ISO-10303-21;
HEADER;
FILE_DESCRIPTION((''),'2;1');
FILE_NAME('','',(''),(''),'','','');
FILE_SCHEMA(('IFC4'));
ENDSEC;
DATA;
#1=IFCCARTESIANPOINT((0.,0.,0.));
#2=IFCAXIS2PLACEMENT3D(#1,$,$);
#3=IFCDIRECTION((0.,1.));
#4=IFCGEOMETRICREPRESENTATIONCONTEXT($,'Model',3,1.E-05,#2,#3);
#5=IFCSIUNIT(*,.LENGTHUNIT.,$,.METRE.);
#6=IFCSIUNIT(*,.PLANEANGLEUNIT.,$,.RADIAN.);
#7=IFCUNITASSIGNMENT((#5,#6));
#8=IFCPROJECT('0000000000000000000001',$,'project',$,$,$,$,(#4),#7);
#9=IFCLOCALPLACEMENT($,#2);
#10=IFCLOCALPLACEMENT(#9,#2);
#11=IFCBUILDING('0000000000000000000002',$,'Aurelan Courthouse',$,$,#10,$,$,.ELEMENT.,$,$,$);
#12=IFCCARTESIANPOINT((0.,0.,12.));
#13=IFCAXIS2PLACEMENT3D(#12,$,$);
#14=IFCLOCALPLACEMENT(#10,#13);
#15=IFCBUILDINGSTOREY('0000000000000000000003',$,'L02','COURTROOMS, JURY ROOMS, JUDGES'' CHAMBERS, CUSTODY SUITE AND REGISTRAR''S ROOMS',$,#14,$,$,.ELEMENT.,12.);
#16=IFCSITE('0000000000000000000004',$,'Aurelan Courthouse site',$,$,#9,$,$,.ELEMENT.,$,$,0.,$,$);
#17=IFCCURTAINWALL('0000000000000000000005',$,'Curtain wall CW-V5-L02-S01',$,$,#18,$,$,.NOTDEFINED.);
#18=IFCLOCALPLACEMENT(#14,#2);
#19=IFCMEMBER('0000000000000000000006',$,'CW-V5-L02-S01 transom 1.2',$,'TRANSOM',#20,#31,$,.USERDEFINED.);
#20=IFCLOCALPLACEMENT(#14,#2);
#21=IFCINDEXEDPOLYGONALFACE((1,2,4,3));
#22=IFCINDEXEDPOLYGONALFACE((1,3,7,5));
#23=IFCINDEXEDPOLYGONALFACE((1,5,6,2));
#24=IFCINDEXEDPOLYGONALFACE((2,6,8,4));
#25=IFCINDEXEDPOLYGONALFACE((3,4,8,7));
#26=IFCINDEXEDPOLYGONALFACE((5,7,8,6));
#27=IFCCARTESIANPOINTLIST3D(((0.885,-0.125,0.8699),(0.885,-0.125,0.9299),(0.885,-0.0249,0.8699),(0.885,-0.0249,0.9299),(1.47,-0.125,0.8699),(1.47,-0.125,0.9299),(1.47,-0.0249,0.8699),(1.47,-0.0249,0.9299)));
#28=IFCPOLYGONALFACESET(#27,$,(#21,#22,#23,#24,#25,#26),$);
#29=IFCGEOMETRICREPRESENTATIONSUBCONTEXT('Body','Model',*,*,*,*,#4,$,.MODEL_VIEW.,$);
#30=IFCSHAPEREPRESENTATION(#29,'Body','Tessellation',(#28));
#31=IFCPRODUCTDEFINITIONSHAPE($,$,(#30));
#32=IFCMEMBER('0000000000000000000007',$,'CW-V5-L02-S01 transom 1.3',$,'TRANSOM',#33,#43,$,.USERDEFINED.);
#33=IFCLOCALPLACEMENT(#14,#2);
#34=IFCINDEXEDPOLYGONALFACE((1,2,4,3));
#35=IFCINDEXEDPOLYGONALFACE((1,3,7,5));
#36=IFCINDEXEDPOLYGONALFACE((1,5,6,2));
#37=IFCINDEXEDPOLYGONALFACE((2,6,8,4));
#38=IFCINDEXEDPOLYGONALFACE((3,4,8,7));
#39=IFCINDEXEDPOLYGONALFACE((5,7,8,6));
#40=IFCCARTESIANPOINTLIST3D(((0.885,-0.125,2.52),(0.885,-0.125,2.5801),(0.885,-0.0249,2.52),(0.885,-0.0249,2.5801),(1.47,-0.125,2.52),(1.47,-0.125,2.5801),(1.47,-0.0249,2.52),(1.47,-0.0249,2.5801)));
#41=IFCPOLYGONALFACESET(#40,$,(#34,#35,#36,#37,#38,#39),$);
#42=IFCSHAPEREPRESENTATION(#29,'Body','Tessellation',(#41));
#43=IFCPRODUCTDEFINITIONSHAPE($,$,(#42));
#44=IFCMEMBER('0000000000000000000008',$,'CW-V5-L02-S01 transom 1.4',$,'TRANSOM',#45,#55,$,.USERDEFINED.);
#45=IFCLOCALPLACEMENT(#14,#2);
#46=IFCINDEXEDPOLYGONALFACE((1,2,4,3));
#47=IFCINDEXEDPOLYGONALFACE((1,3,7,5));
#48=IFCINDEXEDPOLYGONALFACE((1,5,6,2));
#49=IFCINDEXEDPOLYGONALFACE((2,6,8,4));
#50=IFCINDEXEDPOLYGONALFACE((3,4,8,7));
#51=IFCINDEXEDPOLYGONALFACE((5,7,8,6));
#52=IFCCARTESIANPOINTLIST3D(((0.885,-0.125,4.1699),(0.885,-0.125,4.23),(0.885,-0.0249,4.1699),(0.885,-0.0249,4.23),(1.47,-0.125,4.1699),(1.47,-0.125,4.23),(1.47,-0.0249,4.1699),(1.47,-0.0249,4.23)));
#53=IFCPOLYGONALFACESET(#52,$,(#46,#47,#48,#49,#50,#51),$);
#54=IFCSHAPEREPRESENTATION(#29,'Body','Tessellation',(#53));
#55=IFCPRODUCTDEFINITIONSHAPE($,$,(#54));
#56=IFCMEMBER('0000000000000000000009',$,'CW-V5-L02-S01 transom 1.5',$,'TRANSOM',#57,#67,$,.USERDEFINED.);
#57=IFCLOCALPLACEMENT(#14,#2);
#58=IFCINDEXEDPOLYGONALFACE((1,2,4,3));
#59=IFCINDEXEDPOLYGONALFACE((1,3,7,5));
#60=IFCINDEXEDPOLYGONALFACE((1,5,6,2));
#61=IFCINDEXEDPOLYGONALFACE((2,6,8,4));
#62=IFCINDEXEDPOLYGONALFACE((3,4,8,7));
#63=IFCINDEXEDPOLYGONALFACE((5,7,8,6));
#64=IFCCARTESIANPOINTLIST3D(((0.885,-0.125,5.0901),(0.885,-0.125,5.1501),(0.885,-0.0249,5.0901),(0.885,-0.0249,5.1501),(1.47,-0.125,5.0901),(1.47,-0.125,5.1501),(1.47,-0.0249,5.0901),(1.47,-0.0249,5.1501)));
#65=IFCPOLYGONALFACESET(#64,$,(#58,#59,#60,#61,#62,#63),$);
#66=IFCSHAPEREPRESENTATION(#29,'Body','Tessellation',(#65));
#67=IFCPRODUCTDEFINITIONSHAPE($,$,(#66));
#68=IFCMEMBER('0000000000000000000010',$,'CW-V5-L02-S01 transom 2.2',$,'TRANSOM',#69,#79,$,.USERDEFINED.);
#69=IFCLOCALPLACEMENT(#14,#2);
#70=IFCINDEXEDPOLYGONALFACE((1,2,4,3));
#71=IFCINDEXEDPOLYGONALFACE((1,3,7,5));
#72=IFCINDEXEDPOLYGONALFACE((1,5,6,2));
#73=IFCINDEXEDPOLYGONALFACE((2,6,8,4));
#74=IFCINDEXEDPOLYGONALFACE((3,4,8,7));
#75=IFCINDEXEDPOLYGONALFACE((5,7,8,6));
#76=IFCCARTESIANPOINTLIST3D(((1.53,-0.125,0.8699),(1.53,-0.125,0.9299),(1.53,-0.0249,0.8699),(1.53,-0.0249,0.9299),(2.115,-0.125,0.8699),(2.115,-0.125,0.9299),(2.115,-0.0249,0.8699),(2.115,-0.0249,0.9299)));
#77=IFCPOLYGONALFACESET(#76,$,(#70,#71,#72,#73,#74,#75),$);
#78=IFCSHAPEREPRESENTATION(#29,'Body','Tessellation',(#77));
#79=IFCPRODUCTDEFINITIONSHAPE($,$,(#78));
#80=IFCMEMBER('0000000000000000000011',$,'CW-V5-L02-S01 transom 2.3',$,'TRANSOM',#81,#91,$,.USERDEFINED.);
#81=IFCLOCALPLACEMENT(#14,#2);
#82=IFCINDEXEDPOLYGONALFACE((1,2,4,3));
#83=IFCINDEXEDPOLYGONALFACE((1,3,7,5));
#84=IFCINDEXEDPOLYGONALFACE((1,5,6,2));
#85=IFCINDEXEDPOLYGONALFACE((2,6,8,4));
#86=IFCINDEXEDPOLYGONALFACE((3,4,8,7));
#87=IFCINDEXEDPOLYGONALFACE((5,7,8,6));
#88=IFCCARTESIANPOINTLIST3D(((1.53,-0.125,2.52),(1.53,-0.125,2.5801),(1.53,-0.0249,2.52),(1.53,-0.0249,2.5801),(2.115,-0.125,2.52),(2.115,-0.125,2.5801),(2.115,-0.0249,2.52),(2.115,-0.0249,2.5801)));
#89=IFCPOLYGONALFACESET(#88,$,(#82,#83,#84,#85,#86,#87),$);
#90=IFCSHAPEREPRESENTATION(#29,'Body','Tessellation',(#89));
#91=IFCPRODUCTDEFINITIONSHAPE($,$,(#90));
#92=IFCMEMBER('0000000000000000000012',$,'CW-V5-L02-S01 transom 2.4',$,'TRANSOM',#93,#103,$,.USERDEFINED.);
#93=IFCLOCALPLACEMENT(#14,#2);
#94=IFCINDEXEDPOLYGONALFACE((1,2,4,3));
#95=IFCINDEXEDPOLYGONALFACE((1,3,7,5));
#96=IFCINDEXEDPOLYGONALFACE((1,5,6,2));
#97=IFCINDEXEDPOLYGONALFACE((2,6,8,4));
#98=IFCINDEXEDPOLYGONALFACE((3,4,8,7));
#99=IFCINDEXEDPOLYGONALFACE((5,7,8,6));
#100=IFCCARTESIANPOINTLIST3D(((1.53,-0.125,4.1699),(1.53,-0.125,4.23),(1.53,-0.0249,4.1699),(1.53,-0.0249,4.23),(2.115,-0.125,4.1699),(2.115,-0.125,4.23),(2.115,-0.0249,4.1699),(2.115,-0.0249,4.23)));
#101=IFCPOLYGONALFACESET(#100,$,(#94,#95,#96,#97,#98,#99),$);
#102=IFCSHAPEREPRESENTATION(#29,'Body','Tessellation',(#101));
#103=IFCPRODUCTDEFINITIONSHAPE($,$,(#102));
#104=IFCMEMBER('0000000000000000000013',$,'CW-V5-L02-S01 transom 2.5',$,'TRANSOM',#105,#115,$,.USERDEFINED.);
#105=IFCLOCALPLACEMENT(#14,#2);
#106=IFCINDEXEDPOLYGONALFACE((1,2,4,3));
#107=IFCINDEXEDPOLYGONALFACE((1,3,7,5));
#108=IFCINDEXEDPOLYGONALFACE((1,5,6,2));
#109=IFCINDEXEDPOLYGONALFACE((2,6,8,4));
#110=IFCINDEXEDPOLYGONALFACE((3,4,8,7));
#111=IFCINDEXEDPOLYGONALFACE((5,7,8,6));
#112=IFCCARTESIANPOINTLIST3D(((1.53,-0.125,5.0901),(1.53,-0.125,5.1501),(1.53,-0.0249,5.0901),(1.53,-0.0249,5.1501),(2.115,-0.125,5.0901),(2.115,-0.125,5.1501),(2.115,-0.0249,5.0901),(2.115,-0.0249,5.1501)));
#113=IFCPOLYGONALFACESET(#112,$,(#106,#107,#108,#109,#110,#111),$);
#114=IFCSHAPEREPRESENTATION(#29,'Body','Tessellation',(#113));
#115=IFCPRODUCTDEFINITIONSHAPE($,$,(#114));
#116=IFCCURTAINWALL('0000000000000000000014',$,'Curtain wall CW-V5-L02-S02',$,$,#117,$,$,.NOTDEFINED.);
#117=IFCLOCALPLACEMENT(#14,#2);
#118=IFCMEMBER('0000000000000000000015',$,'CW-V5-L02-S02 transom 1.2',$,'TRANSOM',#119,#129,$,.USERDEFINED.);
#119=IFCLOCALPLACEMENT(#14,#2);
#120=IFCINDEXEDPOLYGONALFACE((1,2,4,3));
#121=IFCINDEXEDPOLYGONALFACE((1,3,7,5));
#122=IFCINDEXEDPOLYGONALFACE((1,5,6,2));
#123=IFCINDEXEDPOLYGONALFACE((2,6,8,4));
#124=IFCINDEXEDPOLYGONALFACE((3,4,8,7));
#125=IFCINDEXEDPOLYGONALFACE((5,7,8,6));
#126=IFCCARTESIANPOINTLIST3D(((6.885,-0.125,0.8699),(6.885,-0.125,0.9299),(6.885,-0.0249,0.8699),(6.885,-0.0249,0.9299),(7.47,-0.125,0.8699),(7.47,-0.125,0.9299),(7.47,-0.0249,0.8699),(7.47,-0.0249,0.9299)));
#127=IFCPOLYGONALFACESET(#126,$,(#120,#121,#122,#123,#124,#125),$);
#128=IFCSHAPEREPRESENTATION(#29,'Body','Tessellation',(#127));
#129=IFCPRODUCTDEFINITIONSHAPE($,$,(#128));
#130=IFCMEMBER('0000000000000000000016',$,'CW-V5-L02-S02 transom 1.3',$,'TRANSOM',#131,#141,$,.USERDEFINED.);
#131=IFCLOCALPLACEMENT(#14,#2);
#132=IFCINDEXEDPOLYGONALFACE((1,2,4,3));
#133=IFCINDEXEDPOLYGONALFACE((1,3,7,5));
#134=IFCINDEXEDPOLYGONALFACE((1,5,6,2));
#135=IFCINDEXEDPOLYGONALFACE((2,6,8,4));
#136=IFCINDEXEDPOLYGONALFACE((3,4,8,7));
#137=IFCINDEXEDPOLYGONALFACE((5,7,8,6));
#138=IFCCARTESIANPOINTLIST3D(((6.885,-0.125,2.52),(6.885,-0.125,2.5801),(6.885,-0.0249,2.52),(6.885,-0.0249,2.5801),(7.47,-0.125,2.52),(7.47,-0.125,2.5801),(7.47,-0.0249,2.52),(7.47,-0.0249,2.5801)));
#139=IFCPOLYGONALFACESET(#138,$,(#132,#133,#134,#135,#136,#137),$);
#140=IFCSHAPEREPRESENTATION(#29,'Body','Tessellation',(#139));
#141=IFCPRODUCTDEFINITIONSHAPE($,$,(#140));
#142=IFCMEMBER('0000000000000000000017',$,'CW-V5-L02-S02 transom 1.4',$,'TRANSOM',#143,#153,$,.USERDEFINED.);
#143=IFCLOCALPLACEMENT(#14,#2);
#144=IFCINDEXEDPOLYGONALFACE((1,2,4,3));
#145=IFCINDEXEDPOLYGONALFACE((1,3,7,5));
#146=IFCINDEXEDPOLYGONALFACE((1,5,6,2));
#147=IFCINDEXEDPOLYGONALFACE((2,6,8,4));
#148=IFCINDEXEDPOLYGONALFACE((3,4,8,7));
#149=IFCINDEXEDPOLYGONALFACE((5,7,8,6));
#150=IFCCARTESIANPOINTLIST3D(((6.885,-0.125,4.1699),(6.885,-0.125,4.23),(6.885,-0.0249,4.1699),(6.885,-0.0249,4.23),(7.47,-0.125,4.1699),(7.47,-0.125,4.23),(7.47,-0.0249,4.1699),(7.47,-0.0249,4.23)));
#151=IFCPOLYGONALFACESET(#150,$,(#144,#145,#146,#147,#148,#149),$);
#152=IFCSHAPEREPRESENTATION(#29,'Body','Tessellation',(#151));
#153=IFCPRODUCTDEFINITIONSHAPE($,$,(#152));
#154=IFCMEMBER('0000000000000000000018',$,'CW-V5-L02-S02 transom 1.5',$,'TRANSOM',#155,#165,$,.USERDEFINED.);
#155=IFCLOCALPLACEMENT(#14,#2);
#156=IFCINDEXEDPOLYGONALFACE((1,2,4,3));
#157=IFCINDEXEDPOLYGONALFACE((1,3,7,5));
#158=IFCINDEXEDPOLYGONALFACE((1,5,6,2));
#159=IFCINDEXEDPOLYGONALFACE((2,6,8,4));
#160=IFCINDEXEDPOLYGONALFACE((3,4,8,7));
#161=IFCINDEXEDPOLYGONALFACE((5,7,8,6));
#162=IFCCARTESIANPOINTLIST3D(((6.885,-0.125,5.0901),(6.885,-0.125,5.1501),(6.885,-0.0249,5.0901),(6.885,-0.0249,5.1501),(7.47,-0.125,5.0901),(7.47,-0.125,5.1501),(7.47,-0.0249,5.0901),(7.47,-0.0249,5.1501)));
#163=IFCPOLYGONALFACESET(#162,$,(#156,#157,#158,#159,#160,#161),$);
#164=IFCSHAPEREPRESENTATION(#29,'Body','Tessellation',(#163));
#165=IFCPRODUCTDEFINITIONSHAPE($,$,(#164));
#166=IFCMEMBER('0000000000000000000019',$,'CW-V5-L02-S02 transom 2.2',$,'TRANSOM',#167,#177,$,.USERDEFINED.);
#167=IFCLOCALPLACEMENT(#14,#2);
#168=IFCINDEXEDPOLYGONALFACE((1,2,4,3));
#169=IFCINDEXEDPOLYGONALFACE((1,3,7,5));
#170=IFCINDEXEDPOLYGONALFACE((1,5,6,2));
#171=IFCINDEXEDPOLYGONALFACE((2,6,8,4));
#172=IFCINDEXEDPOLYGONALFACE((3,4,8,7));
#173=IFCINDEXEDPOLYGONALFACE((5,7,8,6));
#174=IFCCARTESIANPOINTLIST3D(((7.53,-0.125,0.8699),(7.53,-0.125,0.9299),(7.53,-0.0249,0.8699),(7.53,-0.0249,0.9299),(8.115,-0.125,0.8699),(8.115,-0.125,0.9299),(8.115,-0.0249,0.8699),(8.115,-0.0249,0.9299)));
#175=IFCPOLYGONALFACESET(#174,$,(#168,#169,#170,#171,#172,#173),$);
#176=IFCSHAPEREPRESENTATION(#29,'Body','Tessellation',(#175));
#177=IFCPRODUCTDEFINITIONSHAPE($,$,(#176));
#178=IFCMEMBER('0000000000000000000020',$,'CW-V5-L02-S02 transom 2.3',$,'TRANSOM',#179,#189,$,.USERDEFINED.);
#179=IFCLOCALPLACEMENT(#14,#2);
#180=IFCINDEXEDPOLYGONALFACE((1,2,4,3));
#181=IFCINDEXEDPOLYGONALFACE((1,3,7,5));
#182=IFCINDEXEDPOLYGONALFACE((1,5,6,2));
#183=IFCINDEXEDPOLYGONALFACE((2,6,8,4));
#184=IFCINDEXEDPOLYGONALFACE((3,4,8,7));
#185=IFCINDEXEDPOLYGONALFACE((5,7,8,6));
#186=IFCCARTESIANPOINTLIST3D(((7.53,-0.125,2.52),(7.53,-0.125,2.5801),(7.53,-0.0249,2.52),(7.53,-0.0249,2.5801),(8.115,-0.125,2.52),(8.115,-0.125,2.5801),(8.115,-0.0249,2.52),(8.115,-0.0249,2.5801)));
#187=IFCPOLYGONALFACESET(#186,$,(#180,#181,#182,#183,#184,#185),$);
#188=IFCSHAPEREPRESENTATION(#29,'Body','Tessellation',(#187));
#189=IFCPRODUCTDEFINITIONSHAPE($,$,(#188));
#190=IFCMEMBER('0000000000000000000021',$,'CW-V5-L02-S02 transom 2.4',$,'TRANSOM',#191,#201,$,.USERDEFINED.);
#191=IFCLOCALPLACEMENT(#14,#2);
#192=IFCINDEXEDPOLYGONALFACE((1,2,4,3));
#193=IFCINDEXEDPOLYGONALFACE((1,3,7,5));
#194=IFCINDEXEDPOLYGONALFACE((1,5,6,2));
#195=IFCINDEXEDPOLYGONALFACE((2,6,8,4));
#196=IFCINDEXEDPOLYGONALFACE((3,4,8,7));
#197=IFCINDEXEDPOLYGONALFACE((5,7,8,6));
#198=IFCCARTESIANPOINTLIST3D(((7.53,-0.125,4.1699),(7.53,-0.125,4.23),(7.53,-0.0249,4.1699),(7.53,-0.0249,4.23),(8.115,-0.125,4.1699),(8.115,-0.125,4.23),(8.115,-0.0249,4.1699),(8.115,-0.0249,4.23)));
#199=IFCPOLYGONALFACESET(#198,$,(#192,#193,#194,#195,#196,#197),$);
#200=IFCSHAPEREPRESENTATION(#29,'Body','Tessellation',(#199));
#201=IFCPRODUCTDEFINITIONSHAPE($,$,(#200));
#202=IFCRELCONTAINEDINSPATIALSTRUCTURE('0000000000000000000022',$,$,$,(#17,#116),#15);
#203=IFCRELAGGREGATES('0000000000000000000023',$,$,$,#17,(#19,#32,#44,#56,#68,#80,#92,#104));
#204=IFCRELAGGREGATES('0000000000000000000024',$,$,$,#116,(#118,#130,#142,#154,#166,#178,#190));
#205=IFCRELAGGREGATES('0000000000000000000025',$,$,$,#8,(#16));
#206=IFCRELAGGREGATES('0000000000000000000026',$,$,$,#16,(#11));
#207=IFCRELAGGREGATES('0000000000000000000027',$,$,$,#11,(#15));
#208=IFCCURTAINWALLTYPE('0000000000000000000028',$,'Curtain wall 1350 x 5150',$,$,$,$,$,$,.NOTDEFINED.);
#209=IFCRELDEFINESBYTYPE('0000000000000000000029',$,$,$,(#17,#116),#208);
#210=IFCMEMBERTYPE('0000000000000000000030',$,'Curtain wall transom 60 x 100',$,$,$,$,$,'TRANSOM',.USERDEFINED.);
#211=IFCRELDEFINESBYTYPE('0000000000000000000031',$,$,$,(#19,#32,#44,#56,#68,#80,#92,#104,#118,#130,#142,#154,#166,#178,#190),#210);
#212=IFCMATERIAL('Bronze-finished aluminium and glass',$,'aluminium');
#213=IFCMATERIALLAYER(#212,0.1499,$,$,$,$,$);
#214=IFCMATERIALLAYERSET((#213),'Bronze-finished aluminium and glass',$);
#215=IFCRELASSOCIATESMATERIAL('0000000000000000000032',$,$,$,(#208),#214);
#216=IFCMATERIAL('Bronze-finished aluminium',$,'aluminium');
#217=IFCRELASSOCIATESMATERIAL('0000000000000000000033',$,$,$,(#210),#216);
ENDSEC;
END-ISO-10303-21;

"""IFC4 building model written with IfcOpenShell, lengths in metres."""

from ifc_helpers import new_model, si_unit, direction, frame, origin, origin_2d, place, context, subcontext, project, spatial, rectangle, extrude, material, layer, layer_set, material_profile, profile_set, type_object, element, aggregate, save


model = new_model("IFC4")

# Units and contexts
model_context = context("Model", 3, precision=1e-05, world=origin(), true_north=direction((0.0, 1.0)))
body_context = subcontext(model_context, "Body", "Model", "MODEL_VIEW")
ifc_project = project(units=[si_unit("LENGTHUNIT", "METRE"), si_unit("PLANEANGLEUNIT", "RADIAN")], contexts=[model_context])

# Site, building, storey
site_placement = place(None, origin())
site = spatial("IfcSite", under=ifc_project, at=site_placement, Name="Aurelan Courthouse site", CompositionType="ELEMENT", RefElevation=0.0)
building_placement = place(site_placement, origin())
building = spatial("IfcBuilding", under=site, at=building_placement, Name="Aurelan Courthouse", CompositionType="ELEMENT")
storey_placement = place(building_placement, frame((0.0, 0.0, 12.0)))
storey = spatial("IfcBuildingStorey", under=building, at=storey_placement, Name="L02", Description="COURTROOMS, JURY ROOMS, JUDGES' CHAMBERS, CUSTODY SUITE AND REGISTRAR'S ROOMS", CompositionType="ELEMENT", Elevation=12.0)

# Curtain walls, members
ifc_material_1 = material(Name="Bronze-finished aluminium and glass", Category="aluminium")
ifc_layer_1 = layer(ifc_material_1, 0.1499)
ifc_layer_set_1 = layer_set([ifc_layer_1], Name="Bronze-finished aluminium and glass")
curtain_wall_type = type_object("IfcCurtainWallType", Name="Curtain wall 1350 x 5150", PredefinedType="NOTDEFINED", material=ifc_layer_set_1)
curtain_wall_1_placement = place(storey_placement, origin())
curtain_wall_1 = element("IfcCurtainWall", 1, at=curtain_wall_1_placement, inside=storey, type_object=curtain_wall_type, Name="Curtain wall CW-V5-L02-S01", PredefinedType="NOTDEFINED")
ifc_material_2 = material(Name="Bronze-finished aluminium", Category="aluminium")
ifc_material_profile = material_profile(ifc_material_2, rectangle(XDim=0.1001, YDim=0.0601, at=origin_2d()), Name="Bronze transom 60 x 100")
ifc_profile_set = profile_set([ifc_material_profile], Name="Bronze-finished aluminium")
member_type = type_object("IfcMemberType", Name="Curtain wall transom 60 x 100", ElementType="TRANSOM", PredefinedType="USERDEFINED", material=ifc_profile_set)
member_1_placement = place(storey_placement, frame((0.885, -0.075, 0.8999), z_axis=(1.0, 0.0, 0.0), x_axis=(0.0, 1.0, 0.0)))
member_1 = element("IfcMember", 2, at=member_1_placement, type_object=member_type, Name="CW-V5-L02-S01 transom 1.2", ObjectType="TRANSOM", PredefinedType="USERDEFINED", context=body_context, shape_type="SweptSolid", body=[
    extrude(rectangle(XDim=0.1001, YDim=0.0601, at=origin_2d()), origin(), (0.0, 0.0, 1.0), 0.585),
])
member_2_placement = place(storey_placement, frame((0.885, -0.075, 2.55), z_axis=(1.0, 0.0, 0.0), x_axis=(0.0, 1.0, 0.0)))
member_2 = element("IfcMember", 3, at=member_2_placement, type_object=member_type, Name="CW-V5-L02-S01 transom 1.3", ObjectType="TRANSOM", PredefinedType="USERDEFINED", context=body_context, shape_type="SweptSolid", body=[
    extrude(rectangle(XDim=0.1001, YDim=0.0601, at=origin_2d()), origin(), (0.0, 0.0, 1.0), 0.585),
])
member_3_placement = place(storey_placement, frame((0.885, -0.075, 4.2), z_axis=(1.0, 0.0, 0.0), x_axis=(0.0, 1.0, 0.0)))
member_3 = element("IfcMember", 4, at=member_3_placement, type_object=member_type, Name="CW-V5-L02-S01 transom 1.4", ObjectType="TRANSOM", PredefinedType="USERDEFINED", context=body_context, shape_type="SweptSolid", body=[
    extrude(rectangle(XDim=0.1001, YDim=0.0601, at=origin_2d()), origin(), (0.0, 0.0, 1.0), 0.585),
])
member_4_placement = place(storey_placement, frame((0.885, -0.075, 5.1201), z_axis=(1.0, 0.0, 0.0), x_axis=(0.0, 1.0, 0.0)))
member_4 = element("IfcMember", 5, at=member_4_placement, type_object=member_type, Name="CW-V5-L02-S01 transom 1.5", ObjectType="TRANSOM", PredefinedType="USERDEFINED", context=body_context, shape_type="SweptSolid", body=[
    extrude(rectangle(XDim=0.1001, YDim=0.0601, at=origin_2d()), origin(), (0.0, 0.0, 1.0), 0.585),
])
member_5_placement = place(storey_placement, frame((1.53, -0.075, 0.8999), z_axis=(1.0, 0.0, 0.0), x_axis=(0.0, 1.0, 0.0)))
member_5 = element("IfcMember", 6, at=member_5_placement, type_object=member_type, Name="CW-V5-L02-S01 transom 2.2", ObjectType="TRANSOM", PredefinedType="USERDEFINED", context=body_context, shape_type="SweptSolid", body=[
    extrude(rectangle(XDim=0.1001, YDim=0.0601, at=origin_2d()), origin(), (0.0, 0.0, 1.0), 0.585),
])
member_6_placement = place(storey_placement, frame((1.53, -0.075, 2.55), z_axis=(1.0, 0.0, 0.0), x_axis=(0.0, 1.0, 0.0)))
member_6 = element("IfcMember", 7, at=member_6_placement, type_object=member_type, Name="CW-V5-L02-S01 transom 2.3", ObjectType="TRANSOM", PredefinedType="USERDEFINED", context=body_context, shape_type="SweptSolid", body=[
    extrude(rectangle(XDim=0.1001, YDim=0.0601, at=origin_2d()), origin(), (0.0, 0.0, 1.0), 0.585),
])
member_7_placement = place(storey_placement, frame((1.53, -0.075, 4.2), z_axis=(1.0, 0.0, 0.0), x_axis=(0.0, 1.0, 0.0)))
member_7 = element("IfcMember", 8, at=member_7_placement, type_object=member_type, Name="CW-V5-L02-S01 transom 2.4", ObjectType="TRANSOM", PredefinedType="USERDEFINED", context=body_context, shape_type="SweptSolid", body=[
    extrude(rectangle(XDim=0.1001, YDim=0.0601, at=origin_2d()), origin(), (0.0, 0.0, 1.0), 0.585),
])
member_8_placement = place(storey_placement, frame((1.53, -0.075, 5.1201), z_axis=(1.0, 0.0, 0.0), x_axis=(0.0, 1.0, 0.0)))
member_8 = element("IfcMember", 9, at=member_8_placement, type_object=member_type, Name="CW-V5-L02-S01 transom 2.5", ObjectType="TRANSOM", PredefinedType="USERDEFINED", context=body_context, shape_type="SweptSolid", body=[
    extrude(rectangle(XDim=0.1001, YDim=0.0601, at=origin_2d()), origin(), (0.0, 0.0, 1.0), 0.585),
])
curtain_wall_2_placement = place(storey_placement, origin())
curtain_wall_2 = element("IfcCurtainWall", 10, at=curtain_wall_2_placement, inside=storey, type_object=curtain_wall_type, Name="Curtain wall CW-V5-L02-S02", PredefinedType="NOTDEFINED")
member_9_placement = place(storey_placement, frame((6.885, -0.075, 0.8999), z_axis=(1.0, 0.0, 0.0), x_axis=(0.0, 1.0, 0.0)))
member_9 = element("IfcMember", 11, at=member_9_placement, type_object=member_type, Name="CW-V5-L02-S02 transom 1.2", ObjectType="TRANSOM", PredefinedType="USERDEFINED", context=body_context, shape_type="SweptSolid", body=[
    extrude(rectangle(XDim=0.1001, YDim=0.0601, at=origin_2d()), origin(), (0.0, 0.0, 1.0), 0.585),
])
member_10_placement = place(storey_placement, frame((6.885, -0.075, 2.55), z_axis=(1.0, 0.0, 0.0), x_axis=(0.0, 1.0, 0.0)))
member_10 = element("IfcMember", 12, at=member_10_placement, type_object=member_type, Name="CW-V5-L02-S02 transom 1.3", ObjectType="TRANSOM", PredefinedType="USERDEFINED", context=body_context, shape_type="SweptSolid", body=[
    extrude(rectangle(XDim=0.1001, YDim=0.0601, at=origin_2d()), origin(), (0.0, 0.0, 1.0), 0.585),
])
member_11_placement = place(storey_placement, frame((6.885, -0.075, 4.2), z_axis=(1.0, 0.0, 0.0), x_axis=(0.0, 1.0, 0.0)))
member_11 = element("IfcMember", 13, at=member_11_placement, type_object=member_type, Name="CW-V5-L02-S02 transom 1.4", ObjectType="TRANSOM", PredefinedType="USERDEFINED", context=body_context, shape_type="SweptSolid", body=[
    extrude(rectangle(XDim=0.1001, YDim=0.0601, at=origin_2d()), origin(), (0.0, 0.0, 1.0), 0.585),
])
member_12_placement = place(storey_placement, frame((6.885, -0.075, 5.1201), z_axis=(1.0, 0.0, 0.0), x_axis=(0.0, 1.0, 0.0)))
member_12 = element("IfcMember", 14, at=member_12_placement, type_object=member_type, Name="CW-V5-L02-S02 transom 1.5", ObjectType="TRANSOM", PredefinedType="USERDEFINED", context=body_context, shape_type="SweptSolid", body=[
    extrude(rectangle(XDim=0.1001, YDim=0.0601, at=origin_2d()), origin(), (0.0, 0.0, 1.0), 0.585),
])
member_13_placement = place(storey_placement, frame((7.53, -0.075, 0.8999), z_axis=(1.0, 0.0, 0.0), x_axis=(0.0, 1.0, 0.0)))
member_13 = element("IfcMember", 15, at=member_13_placement, type_object=member_type, Name="CW-V5-L02-S02 transom 2.2", ObjectType="TRANSOM", PredefinedType="USERDEFINED", context=body_context, shape_type="SweptSolid", body=[
    extrude(rectangle(XDim=0.1001, YDim=0.0601, at=origin_2d()), origin(), (0.0, 0.0, 1.0), 0.585),
])
member_14_placement = place(storey_placement, frame((7.53, -0.075, 2.55), z_axis=(1.0, 0.0, 0.0), x_axis=(0.0, 1.0, 0.0)))
member_14 = element("IfcMember", 16, at=member_14_placement, type_object=member_type, Name="CW-V5-L02-S02 transom 2.3", ObjectType="TRANSOM", PredefinedType="USERDEFINED", context=body_context, shape_type="SweptSolid", body=[
    extrude(rectangle(XDim=0.1001, YDim=0.0601, at=origin_2d()), origin(), (0.0, 0.0, 1.0), 0.585),
])
member_15_placement = place(storey_placement, frame((7.53, -0.075, 4.2), z_axis=(1.0, 0.0, 0.0), x_axis=(0.0, 1.0, 0.0)))
member_15 = element("IfcMember", 17, at=member_15_placement, type_object=member_type, Name="CW-V5-L02-S02 transom 2.4", ObjectType="TRANSOM", PredefinedType="USERDEFINED", context=body_context, shape_type="SweptSolid", body=[
    extrude(rectangle(XDim=0.1001, YDim=0.0601, at=origin_2d()), origin(), (0.0, 0.0, 1.0), 0.585),
])

aggregate(curtain_wall_1, [member_1, member_2, member_3, member_4, member_5, member_6, member_7, member_8])
aggregate(curtain_wall_2, [member_9, member_10, member_11, member_12, member_13, member_14, member_15])

save(model, "model.ifc")
